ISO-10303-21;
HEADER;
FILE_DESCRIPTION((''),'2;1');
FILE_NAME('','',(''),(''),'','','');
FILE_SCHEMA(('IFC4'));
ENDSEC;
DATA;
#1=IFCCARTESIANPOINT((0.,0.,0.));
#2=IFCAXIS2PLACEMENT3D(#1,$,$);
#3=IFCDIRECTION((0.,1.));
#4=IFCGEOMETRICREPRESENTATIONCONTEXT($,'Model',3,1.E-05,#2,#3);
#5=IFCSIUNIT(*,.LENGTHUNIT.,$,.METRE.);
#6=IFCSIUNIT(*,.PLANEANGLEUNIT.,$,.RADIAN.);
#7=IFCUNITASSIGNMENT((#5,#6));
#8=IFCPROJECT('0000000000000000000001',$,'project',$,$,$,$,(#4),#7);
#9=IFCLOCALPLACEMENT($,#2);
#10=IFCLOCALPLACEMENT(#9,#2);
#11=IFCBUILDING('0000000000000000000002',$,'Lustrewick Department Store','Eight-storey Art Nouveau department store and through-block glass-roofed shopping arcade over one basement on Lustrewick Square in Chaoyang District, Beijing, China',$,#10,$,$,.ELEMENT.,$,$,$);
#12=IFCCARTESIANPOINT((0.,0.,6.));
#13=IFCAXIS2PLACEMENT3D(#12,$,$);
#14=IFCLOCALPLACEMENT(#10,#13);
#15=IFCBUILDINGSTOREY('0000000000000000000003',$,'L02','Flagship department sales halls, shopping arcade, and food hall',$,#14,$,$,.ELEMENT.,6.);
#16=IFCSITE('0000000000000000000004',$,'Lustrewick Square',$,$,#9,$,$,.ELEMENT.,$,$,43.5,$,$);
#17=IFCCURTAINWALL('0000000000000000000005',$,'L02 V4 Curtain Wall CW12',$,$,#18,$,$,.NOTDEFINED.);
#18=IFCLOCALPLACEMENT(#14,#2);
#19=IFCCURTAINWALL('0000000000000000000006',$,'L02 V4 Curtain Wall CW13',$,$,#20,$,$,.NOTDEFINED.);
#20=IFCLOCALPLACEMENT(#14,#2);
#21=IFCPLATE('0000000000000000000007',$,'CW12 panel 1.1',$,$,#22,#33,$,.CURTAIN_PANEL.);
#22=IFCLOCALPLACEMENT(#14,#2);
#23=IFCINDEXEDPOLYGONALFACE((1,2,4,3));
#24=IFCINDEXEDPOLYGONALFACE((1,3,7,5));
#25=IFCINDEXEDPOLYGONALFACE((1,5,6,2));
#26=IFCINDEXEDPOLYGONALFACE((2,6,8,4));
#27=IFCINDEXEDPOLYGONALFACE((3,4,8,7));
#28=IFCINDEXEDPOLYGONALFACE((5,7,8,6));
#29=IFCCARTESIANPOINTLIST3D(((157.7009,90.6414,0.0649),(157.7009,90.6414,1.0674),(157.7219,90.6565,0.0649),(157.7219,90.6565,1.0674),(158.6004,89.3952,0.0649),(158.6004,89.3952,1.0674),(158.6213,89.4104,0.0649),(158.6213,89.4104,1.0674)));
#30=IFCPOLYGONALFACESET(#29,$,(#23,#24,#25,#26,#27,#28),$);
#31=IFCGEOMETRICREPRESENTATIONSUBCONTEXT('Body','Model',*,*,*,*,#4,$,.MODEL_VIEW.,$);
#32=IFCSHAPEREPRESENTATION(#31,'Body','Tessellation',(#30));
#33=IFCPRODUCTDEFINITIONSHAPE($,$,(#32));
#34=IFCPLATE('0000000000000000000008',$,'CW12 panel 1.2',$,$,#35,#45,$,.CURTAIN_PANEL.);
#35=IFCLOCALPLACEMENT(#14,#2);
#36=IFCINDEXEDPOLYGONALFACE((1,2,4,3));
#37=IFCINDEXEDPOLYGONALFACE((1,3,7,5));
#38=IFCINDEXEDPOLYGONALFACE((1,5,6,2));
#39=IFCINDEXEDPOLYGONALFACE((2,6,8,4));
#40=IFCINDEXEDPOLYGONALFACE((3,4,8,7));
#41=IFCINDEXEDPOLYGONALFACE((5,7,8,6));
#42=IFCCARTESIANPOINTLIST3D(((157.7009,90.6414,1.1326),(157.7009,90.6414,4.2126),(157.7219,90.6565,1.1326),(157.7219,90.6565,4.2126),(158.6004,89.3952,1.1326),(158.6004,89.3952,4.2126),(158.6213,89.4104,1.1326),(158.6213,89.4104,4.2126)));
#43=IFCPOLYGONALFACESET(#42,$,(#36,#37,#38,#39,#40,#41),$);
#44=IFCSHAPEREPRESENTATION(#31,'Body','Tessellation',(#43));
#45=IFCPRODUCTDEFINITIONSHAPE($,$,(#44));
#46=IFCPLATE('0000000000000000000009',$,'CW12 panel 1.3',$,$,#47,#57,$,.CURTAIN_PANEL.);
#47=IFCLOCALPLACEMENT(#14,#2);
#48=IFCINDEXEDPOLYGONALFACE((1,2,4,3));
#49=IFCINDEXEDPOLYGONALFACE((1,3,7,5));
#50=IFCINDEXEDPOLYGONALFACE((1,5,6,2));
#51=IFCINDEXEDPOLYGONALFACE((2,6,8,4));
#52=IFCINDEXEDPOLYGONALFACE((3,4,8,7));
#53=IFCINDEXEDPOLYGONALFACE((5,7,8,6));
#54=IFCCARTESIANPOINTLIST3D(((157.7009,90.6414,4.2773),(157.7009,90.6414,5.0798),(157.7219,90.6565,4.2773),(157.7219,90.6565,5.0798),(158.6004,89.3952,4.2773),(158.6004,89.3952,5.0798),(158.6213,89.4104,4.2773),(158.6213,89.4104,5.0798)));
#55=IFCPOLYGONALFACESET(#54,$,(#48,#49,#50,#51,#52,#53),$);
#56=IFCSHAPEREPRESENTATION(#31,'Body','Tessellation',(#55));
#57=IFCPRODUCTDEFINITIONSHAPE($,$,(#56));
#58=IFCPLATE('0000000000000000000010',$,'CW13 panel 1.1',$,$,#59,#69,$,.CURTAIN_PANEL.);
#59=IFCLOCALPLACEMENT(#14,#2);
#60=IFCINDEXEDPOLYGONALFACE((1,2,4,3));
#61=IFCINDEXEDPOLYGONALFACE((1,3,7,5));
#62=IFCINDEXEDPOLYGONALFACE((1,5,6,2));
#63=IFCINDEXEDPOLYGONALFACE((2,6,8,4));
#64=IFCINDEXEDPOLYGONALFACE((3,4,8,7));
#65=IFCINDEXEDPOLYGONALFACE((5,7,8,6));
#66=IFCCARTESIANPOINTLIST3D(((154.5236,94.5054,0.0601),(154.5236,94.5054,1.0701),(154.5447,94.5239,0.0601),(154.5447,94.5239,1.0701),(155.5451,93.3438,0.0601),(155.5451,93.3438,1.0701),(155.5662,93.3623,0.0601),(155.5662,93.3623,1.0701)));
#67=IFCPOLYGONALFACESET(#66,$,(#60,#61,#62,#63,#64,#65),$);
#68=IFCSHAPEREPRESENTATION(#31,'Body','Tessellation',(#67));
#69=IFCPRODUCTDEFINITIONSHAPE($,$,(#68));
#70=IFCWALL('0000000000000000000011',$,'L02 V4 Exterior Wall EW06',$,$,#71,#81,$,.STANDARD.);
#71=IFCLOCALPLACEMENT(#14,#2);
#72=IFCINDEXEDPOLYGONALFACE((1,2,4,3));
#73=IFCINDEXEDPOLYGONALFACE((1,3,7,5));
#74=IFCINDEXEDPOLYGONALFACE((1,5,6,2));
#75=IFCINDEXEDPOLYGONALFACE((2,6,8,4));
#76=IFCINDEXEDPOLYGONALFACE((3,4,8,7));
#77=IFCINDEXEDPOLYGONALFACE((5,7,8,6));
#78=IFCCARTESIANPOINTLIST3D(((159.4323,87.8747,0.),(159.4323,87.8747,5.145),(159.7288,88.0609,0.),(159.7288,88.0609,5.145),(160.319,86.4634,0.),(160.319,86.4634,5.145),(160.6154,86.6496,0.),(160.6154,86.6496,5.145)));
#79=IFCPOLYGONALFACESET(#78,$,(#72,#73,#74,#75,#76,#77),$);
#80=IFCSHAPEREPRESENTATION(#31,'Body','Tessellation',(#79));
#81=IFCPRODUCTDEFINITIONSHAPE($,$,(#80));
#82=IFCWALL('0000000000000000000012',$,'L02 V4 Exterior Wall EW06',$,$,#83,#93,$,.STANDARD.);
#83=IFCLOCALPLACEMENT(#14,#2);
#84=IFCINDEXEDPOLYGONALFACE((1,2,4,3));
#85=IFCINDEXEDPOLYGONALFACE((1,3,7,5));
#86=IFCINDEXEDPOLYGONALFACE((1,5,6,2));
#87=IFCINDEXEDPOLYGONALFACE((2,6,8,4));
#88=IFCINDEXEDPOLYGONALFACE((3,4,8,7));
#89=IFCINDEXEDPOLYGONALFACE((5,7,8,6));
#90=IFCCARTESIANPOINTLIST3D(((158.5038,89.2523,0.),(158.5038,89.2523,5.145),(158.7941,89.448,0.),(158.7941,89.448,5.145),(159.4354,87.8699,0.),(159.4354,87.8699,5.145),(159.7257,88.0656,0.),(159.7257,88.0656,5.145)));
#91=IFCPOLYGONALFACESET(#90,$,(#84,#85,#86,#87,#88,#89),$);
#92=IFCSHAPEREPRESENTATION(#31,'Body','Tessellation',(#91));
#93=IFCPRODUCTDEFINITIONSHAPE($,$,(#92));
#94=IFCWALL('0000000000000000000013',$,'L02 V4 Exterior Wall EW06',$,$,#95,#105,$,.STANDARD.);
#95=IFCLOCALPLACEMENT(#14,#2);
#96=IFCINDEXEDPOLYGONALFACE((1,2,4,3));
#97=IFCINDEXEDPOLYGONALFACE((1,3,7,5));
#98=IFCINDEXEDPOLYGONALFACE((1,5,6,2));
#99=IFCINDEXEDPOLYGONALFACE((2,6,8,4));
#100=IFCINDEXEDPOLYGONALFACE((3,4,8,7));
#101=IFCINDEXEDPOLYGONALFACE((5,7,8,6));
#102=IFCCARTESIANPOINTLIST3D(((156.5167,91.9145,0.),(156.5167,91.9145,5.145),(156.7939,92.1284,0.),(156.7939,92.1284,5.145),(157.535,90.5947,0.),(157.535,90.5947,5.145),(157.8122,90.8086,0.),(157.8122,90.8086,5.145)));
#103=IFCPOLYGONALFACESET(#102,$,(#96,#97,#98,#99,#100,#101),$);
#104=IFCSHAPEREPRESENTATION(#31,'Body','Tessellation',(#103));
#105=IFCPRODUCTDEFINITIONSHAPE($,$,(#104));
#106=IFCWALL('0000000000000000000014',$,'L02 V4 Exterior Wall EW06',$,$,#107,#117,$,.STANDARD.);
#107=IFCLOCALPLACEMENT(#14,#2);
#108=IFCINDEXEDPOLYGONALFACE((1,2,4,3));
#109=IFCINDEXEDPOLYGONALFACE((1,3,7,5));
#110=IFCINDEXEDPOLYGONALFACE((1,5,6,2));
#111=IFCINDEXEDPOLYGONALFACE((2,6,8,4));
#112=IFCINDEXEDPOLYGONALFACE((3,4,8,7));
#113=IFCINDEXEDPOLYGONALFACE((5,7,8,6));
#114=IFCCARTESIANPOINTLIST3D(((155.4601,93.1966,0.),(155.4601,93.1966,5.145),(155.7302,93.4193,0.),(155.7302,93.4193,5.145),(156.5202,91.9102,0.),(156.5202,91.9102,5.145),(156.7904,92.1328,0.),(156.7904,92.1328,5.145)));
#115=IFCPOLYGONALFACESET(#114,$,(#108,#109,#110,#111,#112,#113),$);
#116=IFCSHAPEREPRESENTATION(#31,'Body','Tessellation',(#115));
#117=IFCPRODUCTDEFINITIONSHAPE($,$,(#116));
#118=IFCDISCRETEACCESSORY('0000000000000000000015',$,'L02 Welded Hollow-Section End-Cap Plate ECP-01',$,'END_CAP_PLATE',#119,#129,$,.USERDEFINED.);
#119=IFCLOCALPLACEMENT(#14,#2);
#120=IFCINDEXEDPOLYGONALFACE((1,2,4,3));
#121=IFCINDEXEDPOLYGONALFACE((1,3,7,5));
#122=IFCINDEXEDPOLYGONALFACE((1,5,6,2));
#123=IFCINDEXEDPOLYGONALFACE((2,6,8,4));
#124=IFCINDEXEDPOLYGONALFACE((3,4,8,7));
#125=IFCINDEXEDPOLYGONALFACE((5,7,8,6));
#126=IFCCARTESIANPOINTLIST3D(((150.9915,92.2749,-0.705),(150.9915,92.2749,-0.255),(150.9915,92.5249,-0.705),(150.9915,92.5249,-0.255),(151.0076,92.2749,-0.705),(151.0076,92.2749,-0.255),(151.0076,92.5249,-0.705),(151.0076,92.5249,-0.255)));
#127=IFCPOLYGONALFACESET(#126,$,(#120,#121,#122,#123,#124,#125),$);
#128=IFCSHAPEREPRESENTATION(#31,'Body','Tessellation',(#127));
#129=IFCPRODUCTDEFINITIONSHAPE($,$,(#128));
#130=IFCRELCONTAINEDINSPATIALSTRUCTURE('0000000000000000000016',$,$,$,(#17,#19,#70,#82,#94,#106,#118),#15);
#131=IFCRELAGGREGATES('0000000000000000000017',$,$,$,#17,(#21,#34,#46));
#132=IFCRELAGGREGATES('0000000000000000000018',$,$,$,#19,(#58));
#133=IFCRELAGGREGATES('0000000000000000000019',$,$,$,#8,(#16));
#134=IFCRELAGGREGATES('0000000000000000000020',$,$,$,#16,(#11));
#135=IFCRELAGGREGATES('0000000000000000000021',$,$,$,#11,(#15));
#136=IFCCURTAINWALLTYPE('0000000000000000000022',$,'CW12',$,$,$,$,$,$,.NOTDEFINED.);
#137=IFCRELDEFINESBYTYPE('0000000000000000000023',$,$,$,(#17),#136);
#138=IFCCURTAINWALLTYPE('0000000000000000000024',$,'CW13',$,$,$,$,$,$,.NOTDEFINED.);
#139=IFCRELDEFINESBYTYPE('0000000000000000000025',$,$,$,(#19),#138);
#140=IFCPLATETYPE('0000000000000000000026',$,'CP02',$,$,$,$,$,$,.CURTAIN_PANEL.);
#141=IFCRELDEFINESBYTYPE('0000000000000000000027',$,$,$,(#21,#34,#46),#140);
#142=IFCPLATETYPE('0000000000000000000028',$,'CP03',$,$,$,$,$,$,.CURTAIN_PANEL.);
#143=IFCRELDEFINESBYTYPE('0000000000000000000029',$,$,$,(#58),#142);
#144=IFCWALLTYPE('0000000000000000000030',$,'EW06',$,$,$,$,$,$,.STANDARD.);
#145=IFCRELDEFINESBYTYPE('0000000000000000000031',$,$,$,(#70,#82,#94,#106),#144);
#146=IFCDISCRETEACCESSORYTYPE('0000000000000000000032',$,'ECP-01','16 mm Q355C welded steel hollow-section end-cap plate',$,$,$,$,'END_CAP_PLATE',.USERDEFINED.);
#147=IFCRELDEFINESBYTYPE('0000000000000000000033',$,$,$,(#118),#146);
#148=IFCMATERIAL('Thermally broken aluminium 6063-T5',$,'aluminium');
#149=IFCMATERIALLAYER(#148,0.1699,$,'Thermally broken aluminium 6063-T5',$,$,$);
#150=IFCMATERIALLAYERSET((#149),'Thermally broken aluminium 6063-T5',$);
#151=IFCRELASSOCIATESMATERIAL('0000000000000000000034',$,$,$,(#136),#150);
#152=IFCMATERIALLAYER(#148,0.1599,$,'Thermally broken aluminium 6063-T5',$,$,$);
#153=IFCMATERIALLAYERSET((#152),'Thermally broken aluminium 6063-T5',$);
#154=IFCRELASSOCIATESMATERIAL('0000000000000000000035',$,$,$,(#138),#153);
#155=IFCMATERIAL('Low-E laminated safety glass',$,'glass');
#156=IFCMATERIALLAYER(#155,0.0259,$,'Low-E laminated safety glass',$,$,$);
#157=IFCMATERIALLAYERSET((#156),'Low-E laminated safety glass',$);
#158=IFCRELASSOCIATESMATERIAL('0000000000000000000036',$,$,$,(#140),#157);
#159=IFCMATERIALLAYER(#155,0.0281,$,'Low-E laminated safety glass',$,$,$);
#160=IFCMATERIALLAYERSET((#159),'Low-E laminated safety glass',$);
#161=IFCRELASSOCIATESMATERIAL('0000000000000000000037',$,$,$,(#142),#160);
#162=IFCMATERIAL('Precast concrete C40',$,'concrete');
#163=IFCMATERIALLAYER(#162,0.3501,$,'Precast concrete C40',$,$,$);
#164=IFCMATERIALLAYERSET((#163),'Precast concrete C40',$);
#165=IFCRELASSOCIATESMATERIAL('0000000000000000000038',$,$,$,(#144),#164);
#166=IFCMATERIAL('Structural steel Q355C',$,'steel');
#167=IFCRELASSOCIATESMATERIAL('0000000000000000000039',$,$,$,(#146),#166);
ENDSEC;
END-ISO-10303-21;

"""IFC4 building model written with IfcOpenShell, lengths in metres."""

from ifc_helpers import new_model, si_unit, direction, frame, frame_2d, origin, origin_2d, place, context, subcontext, project, spatial, rectangle, extrude, material, layer, layer_set, type_object, element, aggregate, save


model = new_model("IFC4")

# Units and contexts
model_context = context("Model", 3, precision=1e-05, world=origin(), true_north=direction((0.0, 1.0)))
body_context = subcontext(model_context, "Body", "Model", "MODEL_VIEW")
ifc_project = project(units=[si_unit("LENGTHUNIT", "METRE"), si_unit("PLANEANGLEUNIT", "RADIAN")], contexts=[model_context])

# Site, building, storey
site_placement = place(None, origin())
site = spatial("IfcSite", under=ifc_project, at=site_placement, Name="Lustrewick Square", CompositionType="ELEMENT", RefElevation=43.5)
building_placement = place(site_placement, origin())
building = spatial("IfcBuilding", under=site, at=building_placement, Name="Lustrewick Department Store", Description="Eight-storey Art Nouveau department store and through-block glass-roofed shopping arcade over one basement on Lustrewick Square in Chaoyang District, Beijing, China", CompositionType="ELEMENT")
storey_placement = place(building_placement, frame((0.0, 0.0, 6.0)))
storey = spatial("IfcBuildingStorey", under=building, at=storey_placement, Name="L02", Description="Flagship department sales halls, shopping arcade, and food hall", CompositionType="ELEMENT", Elevation=6.0)

# Curtain walls
ifc_material_1 = material(Name="Thermally broken aluminium 6063-T5", Category="aluminium")
ifc_layer_1 = layer(ifc_material_1, 0.1699, Name="Thermally broken aluminium 6063-T5")
ifc_layer_set_1 = layer_set([ifc_layer_1], Name="Thermally broken aluminium 6063-T5")
curtain_wall_type_1 = type_object("IfcCurtainWallType", Name="CW12", PredefinedType="NOTDEFINED", material=ifc_layer_set_1)
curtain_wall_1_placement = place(storey_placement, origin())
curtain_wall_1 = element("IfcCurtainWall", 1, at=curtain_wall_1_placement, inside=storey, type_object=curtain_wall_type_1, Name="L02 V4 Curtain Wall CW12", PredefinedType="NOTDEFINED")
ifc_layer_2 = layer(ifc_material_1, 0.1599, Name="Thermally broken aluminium 6063-T5")
ifc_layer_set_2 = layer_set([ifc_layer_2], Name="Thermally broken aluminium 6063-T5")
curtain_wall_type_2 = type_object("IfcCurtainWallType", Name="CW13", PredefinedType="NOTDEFINED", material=ifc_layer_set_2)
curtain_wall_2_placement = place(storey_placement, origin())
curtain_wall_2 = element("IfcCurtainWall", 2, at=curtain_wall_2_placement, inside=storey, type_object=curtain_wall_type_2, Name="L02 V4 Curtain Wall CW13", PredefinedType="NOTDEFINED")

# Shared definitions
ifc_material_2 = material(Name="Structural steel Q355C", Category="steel")

# Plates
ifc_material_3 = material(Name="Low-E laminated safety glass", Category="glass")
ifc_layer_3 = layer(ifc_material_3, 0.0259, Name="Low-E laminated safety glass")
ifc_layer_set_3 = layer_set([ifc_layer_3], Name="Low-E laminated safety glass")
plate_type_1 = type_object("IfcPlateType", Name="CP02", PredefinedType="CURTAIN_PANEL", material=ifc_layer_set_3)
plate_1_placement = place(storey_placement, frame((158.1611, 90.0259, 0.0649), z_axis=(0.0, 0.0, 1.0), x_axis=(-0.585232, 0.810866, 0.0)))
plate_1 = element("IfcPlate", 3, at=plate_1_placement, type_object=plate_type_1, Name="CW12 panel 1.1", PredefinedType="CURTAIN_PANEL", context=body_context, shape_type="SweptSolid", body=[
    extrude(rectangle(XDim=1.5369, YDim=0.0259, at=origin_2d()), origin(), (0.0, 0.0, 1.0), 1.0024),
])
plate_2_placement = place(storey_placement, frame((158.1611, 90.0259, 1.1326), z_axis=(0.0, 0.0, 1.0), x_axis=(-0.585232, 0.810866, 0.0)))
plate_2 = element("IfcPlate", 4, at=plate_2_placement, type_object=plate_type_1, Name="CW12 panel 1.2", PredefinedType="CURTAIN_PANEL", context=body_context, shape_type="SweptSolid", body=[
    extrude(rectangle(XDim=1.5369, YDim=0.0259, at=origin_2d()), origin(), (0.0, 0.0, 1.0), 3.0801),
])
plate_3_placement = place(storey_placement, frame((158.1611, 90.0259, 4.2773), z_axis=(0.0, 0.0, 1.0), x_axis=(-0.585232, 0.810866, 0.0)))
plate_3 = element("IfcPlate", 5, at=plate_3_placement, type_object=plate_type_1, Name="CW12 panel 1.3", PredefinedType="CURTAIN_PANEL", context=body_context, shape_type="SweptSolid", body=[
    extrude(rectangle(XDim=1.5369, YDim=0.0259, at=origin_2d()), origin(), (0.0, 0.0, 1.0), 0.8025),
])
aggregate(curtain_wall_1, [plate_1, plate_2, plate_3])
ifc_layer_4 = layer(ifc_material_3, 0.0281, Name="Low-E laminated safety glass")
ifc_layer_set_4 = layer_set([ifc_layer_4], Name="Low-E laminated safety glass")
plate_type_2 = type_object("IfcPlateType", Name="CP03", PredefinedType="CURTAIN_PANEL", material=ifc_layer_set_4)
plate_4_placement = place(storey_placement, frame((155.0449, 93.9338, 0.0601), z_axis=(0.0, 0.0, 1.0), x_axis=(-0.660359, 0.75095, 0.0)))
plate_4 = element("IfcPlate", 6, at=plate_4_placement, type_object=plate_type_2, Name="CW13 panel 1.1", PredefinedType="CURTAIN_PANEL", context=body_context, shape_type="SweptSolid", body=[
    extrude(rectangle(XDim=1.5469, YDim=0.0281, at=origin_2d()), origin(), (0.0, 0.0, 1.0), 1.01),
])
aggregate(curtain_wall_2, [plate_4])

# Walls
ifc_material_4 = material(Name="Precast concrete C40", Category="concrete")
ifc_layer_5 = layer(ifc_material_4, 0.3501, Name="Precast concrete C40")
ifc_layer_set_5 = layer_set([ifc_layer_5], Name="Precast concrete C40")
wall_type = type_object("IfcWallType", Name="EW06", PredefinedType="STANDARD", material=ifc_layer_set_5)
wall_placement = place(storey_placement, frame((160.4673, 86.5564, 0.0), z_axis=(0.0, 0.0, 1.0), x_axis=(-0.531986, 0.846753, 0.0)))
element("IfcWall", 7, at=wall_placement, inside=storey, type_object=wall_type, Name="L02 V4 Exterior Wall EW06", PredefinedType="STANDARD", context=body_context, shape_type="SweptSolid", body=[
    extrude(rectangle(XDim=1.6667, YDim=0.3501, at=frame_2d((0.8335, 0.0))), origin(), (0.0, 0.0, 1.0), 5.145),
])
for number, where, z_axis, x_axis, name in (
    (8, (159.5806, 87.9678, 0.0), (0.0, 0.0, 1.0), (-0.558884, 0.829246, 0.0), "L02 V4 Exterior Wall EW06"),
    (9, (157.6736, 90.7017, 0.0), (0.0, 0.0, 1.0), (-0.610864, 0.791736, 0.0), "L02 V4 Exterior Wall EW06"),
    (10, (156.6553, 92.0215, 0.0), (0.0, 0.0, 1.0), (-0.635954, 0.771727, 0.0), "L02 V4 Exterior Wall EW06"),
):
    element("IfcWall", number, at=place(storey_placement, frame(where, z_axis=z_axis, x_axis=x_axis)), inside=storey, type_object=wall_type, Name=name, PredefinedType="STANDARD", context=body_context, shape_type="SweptSolid", body=[
        extrude(rectangle(XDim=1.667, YDim=0.3501, at=frame_2d((0.8335, 0.0))), origin(), (0.0, 0.0, 1.0), 5.145),
    ])

# Discrete accessory
discrete_accessory_type = type_object("IfcDiscreteAccessoryType", Name="ECP-01", Description="16 mm Q355C welded steel hollow-section end-cap plate", ElementType="END_CAP_PLATE", PredefinedType="USERDEFINED", material=ifc_material_2)
discrete_accessory_placement = place(storey_placement, frame((150.9915, 92.3999, -0.48), z_axis=(1.0, 0.0, 0.0), x_axis=(0.0, 1.0, 0.0)))
element("IfcDiscreteAccessory", 11, at=discrete_accessory_placement, inside=storey, type_object=discrete_accessory_type, Name="L02 Welded Hollow-Section End-Cap Plate ECP-01", ObjectType="END_CAP_PLATE", PredefinedType="USERDEFINED", context=body_context, shape_type="SweptSolid", body=[
    extrude(rectangle(XDim=0.25, YDim=0.45, at=origin_2d()), origin(), (0.0, 0.0, 1.0), 0.0161),
])

save(model, "model.ifc")
